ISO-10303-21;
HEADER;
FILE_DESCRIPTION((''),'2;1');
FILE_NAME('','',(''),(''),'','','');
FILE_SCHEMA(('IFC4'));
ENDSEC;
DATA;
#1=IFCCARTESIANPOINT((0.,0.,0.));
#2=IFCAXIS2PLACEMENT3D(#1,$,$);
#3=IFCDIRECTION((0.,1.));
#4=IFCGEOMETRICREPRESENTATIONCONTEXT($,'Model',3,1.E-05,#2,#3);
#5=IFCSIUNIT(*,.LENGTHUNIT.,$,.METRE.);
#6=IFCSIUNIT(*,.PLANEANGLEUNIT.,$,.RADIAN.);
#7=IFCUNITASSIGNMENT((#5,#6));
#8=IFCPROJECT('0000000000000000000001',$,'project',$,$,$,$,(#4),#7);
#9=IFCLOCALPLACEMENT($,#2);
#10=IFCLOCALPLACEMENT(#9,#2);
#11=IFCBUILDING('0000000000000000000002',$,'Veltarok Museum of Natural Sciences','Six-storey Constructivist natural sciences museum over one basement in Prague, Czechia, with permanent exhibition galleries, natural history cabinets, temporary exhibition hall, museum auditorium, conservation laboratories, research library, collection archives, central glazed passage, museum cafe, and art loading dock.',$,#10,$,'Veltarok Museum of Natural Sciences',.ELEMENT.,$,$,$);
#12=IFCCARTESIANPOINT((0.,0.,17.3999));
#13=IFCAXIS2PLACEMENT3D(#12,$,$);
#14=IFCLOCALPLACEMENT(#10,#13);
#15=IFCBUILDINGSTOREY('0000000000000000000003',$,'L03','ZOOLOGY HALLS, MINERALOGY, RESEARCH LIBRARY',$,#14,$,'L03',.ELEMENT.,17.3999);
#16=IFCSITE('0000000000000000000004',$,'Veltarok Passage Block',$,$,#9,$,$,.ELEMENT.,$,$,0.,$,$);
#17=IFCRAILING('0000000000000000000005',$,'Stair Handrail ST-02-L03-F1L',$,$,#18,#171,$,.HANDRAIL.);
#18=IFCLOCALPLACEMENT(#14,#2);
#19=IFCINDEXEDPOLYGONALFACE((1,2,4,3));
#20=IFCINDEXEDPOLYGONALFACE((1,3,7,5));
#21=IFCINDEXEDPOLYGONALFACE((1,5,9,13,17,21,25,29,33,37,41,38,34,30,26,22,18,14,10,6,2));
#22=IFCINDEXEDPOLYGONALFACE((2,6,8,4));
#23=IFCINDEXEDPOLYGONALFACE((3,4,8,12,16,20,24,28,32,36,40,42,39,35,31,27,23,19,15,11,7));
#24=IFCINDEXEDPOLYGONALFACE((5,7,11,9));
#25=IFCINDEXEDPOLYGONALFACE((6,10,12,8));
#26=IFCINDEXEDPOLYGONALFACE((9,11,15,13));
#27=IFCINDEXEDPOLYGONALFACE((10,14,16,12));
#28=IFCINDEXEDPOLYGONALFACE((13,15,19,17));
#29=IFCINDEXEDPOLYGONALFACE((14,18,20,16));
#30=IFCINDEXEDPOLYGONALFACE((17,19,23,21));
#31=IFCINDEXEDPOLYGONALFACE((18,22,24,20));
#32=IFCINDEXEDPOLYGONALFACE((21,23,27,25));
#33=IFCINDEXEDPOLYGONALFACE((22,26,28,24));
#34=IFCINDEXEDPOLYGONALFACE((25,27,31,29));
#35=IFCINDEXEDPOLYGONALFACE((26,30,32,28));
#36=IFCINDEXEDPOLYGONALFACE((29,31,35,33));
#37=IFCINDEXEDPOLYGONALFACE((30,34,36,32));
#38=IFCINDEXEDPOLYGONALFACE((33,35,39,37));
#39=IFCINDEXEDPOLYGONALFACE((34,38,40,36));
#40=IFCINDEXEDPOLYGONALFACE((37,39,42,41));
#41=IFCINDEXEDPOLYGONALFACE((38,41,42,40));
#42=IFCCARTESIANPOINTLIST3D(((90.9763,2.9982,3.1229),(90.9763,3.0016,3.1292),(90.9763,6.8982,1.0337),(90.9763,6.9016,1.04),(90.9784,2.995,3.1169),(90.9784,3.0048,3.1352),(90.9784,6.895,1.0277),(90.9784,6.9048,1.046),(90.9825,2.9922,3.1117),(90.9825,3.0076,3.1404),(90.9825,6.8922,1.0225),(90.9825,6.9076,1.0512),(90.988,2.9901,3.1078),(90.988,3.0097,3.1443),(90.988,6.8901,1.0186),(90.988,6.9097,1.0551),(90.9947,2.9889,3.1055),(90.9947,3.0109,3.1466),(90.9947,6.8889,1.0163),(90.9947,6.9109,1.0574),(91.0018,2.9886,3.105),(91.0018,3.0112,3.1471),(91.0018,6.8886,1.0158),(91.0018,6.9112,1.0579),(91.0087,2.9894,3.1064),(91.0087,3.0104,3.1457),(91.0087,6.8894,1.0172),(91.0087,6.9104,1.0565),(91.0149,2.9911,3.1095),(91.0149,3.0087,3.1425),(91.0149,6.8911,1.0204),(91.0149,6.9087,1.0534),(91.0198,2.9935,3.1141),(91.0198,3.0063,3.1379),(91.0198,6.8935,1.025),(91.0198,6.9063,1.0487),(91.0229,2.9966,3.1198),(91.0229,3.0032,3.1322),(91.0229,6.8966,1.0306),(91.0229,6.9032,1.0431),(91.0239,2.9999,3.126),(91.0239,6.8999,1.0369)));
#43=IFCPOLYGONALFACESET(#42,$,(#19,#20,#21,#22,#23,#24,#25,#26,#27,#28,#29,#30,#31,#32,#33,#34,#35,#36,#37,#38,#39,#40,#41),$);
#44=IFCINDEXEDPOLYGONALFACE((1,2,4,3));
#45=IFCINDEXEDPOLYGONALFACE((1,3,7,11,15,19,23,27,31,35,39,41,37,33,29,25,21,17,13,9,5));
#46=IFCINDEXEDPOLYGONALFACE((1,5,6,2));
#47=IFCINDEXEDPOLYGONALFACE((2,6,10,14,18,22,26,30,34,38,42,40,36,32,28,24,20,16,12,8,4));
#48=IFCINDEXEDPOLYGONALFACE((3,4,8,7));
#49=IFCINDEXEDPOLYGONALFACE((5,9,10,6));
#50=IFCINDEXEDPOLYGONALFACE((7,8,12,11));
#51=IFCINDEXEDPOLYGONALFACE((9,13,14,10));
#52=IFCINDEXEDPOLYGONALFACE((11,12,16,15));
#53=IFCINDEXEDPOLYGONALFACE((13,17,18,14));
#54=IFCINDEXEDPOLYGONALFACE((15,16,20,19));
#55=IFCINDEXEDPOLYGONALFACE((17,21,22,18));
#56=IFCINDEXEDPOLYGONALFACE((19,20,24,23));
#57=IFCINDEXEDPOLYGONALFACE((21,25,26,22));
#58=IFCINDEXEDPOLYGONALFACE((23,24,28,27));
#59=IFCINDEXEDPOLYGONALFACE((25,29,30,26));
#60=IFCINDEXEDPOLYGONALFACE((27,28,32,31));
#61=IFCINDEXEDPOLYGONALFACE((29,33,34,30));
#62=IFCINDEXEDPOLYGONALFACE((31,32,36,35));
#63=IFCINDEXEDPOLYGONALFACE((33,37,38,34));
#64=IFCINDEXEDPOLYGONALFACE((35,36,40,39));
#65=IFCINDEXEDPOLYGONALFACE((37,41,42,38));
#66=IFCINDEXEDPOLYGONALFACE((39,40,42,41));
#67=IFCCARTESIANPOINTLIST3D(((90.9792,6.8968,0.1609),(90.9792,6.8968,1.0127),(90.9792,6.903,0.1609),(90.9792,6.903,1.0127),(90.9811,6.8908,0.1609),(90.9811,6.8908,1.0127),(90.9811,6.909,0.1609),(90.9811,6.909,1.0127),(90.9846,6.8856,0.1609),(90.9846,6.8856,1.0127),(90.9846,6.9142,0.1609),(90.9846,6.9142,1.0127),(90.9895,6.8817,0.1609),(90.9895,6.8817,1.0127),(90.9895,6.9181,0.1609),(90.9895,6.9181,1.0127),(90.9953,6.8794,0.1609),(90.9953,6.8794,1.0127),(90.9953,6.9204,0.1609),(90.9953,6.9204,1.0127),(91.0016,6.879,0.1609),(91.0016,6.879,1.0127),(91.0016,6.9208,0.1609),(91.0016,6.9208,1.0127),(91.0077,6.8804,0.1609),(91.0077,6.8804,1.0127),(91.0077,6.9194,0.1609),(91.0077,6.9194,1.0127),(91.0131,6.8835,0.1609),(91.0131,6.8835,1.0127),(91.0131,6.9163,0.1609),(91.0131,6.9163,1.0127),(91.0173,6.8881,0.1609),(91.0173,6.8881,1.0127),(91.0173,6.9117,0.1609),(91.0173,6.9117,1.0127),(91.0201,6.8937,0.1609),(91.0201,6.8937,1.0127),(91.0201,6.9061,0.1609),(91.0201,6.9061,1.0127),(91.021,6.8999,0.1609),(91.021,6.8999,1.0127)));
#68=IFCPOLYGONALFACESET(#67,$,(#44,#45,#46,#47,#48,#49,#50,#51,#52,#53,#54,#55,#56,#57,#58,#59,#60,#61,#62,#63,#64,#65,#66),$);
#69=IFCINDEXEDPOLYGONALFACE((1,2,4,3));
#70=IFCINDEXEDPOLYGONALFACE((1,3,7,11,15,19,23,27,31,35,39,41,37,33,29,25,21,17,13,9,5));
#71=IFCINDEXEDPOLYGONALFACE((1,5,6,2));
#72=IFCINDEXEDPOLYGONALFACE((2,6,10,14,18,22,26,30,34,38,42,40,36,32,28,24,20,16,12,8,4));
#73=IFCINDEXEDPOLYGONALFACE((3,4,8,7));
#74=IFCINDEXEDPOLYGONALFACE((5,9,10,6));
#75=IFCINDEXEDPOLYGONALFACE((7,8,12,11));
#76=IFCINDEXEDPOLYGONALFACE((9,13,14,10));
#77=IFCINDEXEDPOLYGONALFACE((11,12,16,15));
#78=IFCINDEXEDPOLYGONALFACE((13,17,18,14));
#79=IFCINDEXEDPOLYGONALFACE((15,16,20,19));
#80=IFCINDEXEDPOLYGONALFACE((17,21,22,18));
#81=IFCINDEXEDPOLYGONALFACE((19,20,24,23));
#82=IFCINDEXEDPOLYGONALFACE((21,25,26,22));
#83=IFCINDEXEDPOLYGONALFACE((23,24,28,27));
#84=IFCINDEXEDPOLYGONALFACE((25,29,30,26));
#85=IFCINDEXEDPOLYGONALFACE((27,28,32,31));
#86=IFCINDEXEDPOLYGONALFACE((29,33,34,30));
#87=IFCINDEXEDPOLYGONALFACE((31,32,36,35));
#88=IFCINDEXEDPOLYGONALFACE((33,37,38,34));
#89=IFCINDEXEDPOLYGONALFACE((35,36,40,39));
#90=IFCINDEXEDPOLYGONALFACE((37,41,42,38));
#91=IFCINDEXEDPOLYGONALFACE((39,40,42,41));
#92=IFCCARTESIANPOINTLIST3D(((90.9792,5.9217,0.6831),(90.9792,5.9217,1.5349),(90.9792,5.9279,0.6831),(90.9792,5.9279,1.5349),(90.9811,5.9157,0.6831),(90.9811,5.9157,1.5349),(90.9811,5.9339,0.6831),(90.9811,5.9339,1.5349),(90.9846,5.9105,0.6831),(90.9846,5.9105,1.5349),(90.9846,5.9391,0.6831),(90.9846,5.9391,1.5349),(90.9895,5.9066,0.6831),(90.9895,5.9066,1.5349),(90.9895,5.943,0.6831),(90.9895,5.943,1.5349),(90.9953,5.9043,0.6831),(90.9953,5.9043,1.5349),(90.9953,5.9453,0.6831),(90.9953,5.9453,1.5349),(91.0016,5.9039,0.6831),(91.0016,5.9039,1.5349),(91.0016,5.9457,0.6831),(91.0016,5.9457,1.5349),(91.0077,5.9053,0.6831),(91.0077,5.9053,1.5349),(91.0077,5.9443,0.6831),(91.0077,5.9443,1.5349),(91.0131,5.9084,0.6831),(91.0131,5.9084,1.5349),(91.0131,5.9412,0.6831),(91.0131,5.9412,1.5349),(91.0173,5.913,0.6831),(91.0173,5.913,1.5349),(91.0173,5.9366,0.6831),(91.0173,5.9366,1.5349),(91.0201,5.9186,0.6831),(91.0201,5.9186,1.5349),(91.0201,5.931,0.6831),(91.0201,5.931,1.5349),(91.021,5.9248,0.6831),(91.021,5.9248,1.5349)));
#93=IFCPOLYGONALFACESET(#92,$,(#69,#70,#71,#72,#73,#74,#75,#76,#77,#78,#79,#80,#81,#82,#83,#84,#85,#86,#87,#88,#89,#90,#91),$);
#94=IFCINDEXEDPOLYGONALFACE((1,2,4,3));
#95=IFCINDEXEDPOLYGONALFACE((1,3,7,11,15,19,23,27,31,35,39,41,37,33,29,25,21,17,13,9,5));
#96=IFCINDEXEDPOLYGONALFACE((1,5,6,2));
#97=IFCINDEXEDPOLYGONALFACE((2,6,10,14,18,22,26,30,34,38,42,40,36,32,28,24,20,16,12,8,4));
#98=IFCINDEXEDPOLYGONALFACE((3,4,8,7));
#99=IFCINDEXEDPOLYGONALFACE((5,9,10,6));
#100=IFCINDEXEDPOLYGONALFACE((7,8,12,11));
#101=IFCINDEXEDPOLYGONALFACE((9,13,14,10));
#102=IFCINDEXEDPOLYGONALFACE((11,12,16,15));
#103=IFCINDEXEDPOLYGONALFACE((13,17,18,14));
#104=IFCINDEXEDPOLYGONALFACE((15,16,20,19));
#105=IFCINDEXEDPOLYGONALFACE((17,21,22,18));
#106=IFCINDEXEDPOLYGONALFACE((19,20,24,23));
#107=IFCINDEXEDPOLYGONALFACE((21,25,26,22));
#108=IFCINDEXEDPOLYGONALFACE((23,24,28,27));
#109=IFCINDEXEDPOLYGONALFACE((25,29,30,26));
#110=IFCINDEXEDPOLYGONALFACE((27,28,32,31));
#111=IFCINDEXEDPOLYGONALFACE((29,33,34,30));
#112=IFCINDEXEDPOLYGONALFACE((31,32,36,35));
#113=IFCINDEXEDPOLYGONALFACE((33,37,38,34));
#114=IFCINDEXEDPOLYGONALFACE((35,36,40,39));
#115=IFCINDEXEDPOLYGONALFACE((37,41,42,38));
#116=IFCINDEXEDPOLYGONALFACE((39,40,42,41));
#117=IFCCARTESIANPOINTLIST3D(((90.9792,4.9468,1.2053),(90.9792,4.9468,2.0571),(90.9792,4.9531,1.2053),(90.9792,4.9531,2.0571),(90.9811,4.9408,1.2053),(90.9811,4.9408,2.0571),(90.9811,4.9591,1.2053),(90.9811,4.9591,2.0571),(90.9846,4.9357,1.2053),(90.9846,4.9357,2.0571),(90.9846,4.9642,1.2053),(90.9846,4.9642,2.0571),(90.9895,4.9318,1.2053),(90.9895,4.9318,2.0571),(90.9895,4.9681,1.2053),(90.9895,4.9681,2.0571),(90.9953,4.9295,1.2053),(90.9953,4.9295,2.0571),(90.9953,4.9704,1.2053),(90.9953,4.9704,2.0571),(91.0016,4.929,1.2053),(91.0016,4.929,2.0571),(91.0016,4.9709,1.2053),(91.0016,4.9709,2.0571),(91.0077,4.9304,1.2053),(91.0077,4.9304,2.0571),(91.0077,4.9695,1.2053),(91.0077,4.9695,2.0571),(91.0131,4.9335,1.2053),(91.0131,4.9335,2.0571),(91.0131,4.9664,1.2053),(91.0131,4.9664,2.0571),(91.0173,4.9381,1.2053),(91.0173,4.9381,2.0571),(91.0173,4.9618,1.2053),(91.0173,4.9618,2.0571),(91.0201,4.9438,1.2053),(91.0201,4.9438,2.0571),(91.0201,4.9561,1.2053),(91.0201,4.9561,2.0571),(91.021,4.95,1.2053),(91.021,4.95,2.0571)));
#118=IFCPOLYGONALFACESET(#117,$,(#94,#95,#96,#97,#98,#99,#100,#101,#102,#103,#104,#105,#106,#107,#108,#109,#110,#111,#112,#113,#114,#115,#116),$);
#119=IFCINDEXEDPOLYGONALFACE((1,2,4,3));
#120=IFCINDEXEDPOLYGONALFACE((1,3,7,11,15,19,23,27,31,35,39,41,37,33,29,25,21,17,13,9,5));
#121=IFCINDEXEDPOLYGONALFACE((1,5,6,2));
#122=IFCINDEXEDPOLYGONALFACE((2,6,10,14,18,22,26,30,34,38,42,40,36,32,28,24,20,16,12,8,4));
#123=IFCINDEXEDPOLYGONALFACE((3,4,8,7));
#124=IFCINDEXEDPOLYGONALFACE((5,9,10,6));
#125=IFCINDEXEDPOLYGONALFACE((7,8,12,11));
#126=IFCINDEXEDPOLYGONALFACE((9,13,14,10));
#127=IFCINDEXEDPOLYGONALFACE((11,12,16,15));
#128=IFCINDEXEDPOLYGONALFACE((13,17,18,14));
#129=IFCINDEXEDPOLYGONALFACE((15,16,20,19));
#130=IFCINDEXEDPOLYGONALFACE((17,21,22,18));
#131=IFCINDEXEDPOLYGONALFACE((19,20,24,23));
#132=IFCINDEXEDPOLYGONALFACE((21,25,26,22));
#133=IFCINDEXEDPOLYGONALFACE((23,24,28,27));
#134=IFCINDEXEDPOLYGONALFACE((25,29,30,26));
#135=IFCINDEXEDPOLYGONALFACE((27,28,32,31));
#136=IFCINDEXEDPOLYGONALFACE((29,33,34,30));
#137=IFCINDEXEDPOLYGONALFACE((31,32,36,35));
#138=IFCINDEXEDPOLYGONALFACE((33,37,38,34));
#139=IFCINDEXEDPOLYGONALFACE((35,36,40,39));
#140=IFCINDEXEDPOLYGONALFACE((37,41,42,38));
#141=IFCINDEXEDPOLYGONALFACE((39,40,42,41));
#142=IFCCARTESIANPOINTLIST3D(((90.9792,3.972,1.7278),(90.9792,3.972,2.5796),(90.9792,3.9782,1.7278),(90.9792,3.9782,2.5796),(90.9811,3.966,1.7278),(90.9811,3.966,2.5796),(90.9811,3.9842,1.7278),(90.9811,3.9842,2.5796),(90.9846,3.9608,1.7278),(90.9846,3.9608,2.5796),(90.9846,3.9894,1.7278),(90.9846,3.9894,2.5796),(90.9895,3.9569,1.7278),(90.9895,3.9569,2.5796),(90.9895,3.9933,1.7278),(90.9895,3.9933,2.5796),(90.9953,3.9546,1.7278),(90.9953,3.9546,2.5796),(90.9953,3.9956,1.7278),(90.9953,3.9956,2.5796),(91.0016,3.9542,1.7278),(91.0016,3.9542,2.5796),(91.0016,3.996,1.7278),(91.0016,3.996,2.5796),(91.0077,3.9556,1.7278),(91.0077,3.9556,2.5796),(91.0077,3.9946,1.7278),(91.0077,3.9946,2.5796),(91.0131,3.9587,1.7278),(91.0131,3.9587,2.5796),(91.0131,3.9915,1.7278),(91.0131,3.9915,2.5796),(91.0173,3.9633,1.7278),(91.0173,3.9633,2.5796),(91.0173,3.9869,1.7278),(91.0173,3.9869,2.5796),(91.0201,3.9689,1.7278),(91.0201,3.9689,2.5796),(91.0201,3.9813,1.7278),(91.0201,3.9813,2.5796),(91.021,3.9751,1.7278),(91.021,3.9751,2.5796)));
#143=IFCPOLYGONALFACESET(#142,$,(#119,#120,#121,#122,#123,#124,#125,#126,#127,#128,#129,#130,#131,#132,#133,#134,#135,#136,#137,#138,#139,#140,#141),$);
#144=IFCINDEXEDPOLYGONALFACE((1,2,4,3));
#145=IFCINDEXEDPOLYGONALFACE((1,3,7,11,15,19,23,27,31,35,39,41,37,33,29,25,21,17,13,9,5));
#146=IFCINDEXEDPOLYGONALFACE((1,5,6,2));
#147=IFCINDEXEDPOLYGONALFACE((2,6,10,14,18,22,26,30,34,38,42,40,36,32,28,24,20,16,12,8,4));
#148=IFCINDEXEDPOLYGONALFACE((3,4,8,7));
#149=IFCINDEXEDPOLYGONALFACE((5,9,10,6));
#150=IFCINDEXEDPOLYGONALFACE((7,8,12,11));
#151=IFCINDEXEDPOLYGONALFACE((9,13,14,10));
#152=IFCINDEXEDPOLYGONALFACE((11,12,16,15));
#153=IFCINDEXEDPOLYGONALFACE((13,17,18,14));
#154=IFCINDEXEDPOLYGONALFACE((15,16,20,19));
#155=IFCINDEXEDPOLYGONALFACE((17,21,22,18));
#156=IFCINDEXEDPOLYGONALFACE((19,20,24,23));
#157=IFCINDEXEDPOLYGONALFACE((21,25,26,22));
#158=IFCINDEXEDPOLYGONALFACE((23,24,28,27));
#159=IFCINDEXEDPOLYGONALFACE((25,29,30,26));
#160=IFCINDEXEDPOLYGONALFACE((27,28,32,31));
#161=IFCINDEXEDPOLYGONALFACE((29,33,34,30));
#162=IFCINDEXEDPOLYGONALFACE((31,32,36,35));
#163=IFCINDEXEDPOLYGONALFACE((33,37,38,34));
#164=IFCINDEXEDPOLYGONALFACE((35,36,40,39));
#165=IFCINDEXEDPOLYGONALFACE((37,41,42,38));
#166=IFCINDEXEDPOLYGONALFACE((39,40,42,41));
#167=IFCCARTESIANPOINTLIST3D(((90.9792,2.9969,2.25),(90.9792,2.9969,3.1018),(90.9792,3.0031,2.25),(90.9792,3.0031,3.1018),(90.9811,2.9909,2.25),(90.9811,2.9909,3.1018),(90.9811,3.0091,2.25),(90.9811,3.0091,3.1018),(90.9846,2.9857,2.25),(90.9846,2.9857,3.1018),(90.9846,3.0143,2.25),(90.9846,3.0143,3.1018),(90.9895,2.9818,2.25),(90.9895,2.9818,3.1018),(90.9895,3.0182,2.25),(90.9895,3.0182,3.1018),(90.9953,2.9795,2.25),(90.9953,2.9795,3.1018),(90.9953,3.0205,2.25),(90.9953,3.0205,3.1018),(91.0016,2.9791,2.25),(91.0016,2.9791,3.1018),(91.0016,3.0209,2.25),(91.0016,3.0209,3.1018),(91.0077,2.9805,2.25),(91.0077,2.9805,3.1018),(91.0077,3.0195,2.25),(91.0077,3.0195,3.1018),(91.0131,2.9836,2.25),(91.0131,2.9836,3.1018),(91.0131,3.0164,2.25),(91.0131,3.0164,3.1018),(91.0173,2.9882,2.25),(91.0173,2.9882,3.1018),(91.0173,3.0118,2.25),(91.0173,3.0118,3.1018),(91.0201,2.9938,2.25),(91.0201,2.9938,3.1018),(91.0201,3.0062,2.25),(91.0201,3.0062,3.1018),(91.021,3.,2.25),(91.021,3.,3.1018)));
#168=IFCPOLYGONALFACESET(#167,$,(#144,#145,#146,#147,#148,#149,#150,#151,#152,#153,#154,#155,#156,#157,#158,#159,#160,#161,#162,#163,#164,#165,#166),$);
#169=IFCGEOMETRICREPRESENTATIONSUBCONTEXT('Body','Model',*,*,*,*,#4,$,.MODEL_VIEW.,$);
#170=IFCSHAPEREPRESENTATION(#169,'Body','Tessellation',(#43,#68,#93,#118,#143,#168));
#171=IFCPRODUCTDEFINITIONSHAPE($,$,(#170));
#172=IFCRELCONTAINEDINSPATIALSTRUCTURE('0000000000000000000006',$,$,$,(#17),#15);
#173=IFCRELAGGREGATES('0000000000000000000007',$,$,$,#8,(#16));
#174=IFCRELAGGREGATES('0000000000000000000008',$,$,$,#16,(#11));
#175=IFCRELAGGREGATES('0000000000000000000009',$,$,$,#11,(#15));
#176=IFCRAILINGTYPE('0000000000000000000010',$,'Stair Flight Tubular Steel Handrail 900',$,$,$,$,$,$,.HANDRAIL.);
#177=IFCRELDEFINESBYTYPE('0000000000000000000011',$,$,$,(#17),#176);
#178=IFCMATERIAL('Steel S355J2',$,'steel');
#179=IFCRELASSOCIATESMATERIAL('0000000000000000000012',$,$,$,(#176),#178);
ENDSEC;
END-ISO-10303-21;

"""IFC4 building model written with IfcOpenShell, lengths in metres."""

from ifc_helpers import new_model, si_unit, direction, frame, origin, origin_2d, place, context, subcontext, project, spatial, circle, extrude, material, type_object, element, save


model = new_model("IFC4")

# Units and contexts
model_context = context("Model", 3, precision=1e-05, world=origin(), true_north=direction((0.0, 1.0)))
body_context = subcontext(model_context, "Body", "Model", "MODEL_VIEW")
ifc_project = project(units=[si_unit("LENGTHUNIT", "METRE"), si_unit("PLANEANGLEUNIT", "RADIAN")], contexts=[model_context])

# Site, building, storey
site_placement = place(None, origin())
site = spatial("IfcSite", under=ifc_project, at=site_placement, Name="Veltarok Passage Block", CompositionType="ELEMENT", RefElevation=0.0)
building_placement = place(site_placement, origin())
building = spatial("IfcBuilding", under=site, at=building_placement, Name="Veltarok Museum of Natural Sciences", Description="Six-storey Constructivist natural sciences museum over one basement in Prague, Czechia, with permanent exhibition galleries, natural history cabinets, temporary exhibition hall, museum auditorium, conservation laboratories, research library, collection archives, central glazed passage, museum cafe, and art loading dock.", LongName="Veltarok Museum of Natural Sciences", CompositionType="ELEMENT")
storey_placement = place(building_placement, frame((0.0, 0.0, 17.3999)))
storey = spatial("IfcBuildingStorey", under=building, at=storey_placement, Name="L03", Description="ZOOLOGY HALLS, MINERALOGY, RESEARCH LIBRARY", LongName="L03", CompositionType="ELEMENT", Elevation=17.3999)

# Shared definitions
ifc_material_1 = material(Name="Steel S355J2", Category="steel")

# Railing
railing_type_1 = type_object("IfcRailingType", Name="Stair Flight Tubular Steel Handrail 900", PredefinedType="HANDRAIL", material=ifc_material_1)
railing_1_placement = place(storey_placement, frame((91.0, 6.8999, 0.1609)))
element("IfcRailing", 1, at=railing_1_placement, inside=storey, type_object=railing_type_1, Name="Stair Handrail ST-02-L03-F1L", PredefinedType="HANDRAIL", context=body_context, shape_type="SweptSolid", body=[
    extrude(circle(Radius=0.0239, at=origin_2d()), frame((0.0, 0.0, 0.876), z_axis=(0.0, -0.881491, 0.4722), x_axis=(1.0, 0.0, 0.0)), (0.0, 0.0, 1.0), 4.4243),
    extrude(circle(Radius=0.021, at=origin_2d()), origin(), (0.0, 0.0, 1.0), 0.8518),
    extrude(circle(Radius=0.021, at=origin_2d()), frame((0.0, -0.9751, 0.5222)), (0.0, 0.0, 1.0), 0.8518),
    extrude(circle(Radius=0.021, at=origin_2d()), frame((0.0, -1.95, 1.0444)), (0.0, 0.0, 1.0), 0.8518),
    extrude(circle(Radius=0.021, at=origin_2d()), frame((0.0, -2.9248, 1.5669)), (0.0, 0.0, 1.0), 0.8518),
    extrude(circle(Radius=0.021, at=origin_2d()), frame((0.0, -3.8999, 2.0891)), (0.0, 0.0, 1.0), 0.8518),
])

save(model, "model.ifc")
